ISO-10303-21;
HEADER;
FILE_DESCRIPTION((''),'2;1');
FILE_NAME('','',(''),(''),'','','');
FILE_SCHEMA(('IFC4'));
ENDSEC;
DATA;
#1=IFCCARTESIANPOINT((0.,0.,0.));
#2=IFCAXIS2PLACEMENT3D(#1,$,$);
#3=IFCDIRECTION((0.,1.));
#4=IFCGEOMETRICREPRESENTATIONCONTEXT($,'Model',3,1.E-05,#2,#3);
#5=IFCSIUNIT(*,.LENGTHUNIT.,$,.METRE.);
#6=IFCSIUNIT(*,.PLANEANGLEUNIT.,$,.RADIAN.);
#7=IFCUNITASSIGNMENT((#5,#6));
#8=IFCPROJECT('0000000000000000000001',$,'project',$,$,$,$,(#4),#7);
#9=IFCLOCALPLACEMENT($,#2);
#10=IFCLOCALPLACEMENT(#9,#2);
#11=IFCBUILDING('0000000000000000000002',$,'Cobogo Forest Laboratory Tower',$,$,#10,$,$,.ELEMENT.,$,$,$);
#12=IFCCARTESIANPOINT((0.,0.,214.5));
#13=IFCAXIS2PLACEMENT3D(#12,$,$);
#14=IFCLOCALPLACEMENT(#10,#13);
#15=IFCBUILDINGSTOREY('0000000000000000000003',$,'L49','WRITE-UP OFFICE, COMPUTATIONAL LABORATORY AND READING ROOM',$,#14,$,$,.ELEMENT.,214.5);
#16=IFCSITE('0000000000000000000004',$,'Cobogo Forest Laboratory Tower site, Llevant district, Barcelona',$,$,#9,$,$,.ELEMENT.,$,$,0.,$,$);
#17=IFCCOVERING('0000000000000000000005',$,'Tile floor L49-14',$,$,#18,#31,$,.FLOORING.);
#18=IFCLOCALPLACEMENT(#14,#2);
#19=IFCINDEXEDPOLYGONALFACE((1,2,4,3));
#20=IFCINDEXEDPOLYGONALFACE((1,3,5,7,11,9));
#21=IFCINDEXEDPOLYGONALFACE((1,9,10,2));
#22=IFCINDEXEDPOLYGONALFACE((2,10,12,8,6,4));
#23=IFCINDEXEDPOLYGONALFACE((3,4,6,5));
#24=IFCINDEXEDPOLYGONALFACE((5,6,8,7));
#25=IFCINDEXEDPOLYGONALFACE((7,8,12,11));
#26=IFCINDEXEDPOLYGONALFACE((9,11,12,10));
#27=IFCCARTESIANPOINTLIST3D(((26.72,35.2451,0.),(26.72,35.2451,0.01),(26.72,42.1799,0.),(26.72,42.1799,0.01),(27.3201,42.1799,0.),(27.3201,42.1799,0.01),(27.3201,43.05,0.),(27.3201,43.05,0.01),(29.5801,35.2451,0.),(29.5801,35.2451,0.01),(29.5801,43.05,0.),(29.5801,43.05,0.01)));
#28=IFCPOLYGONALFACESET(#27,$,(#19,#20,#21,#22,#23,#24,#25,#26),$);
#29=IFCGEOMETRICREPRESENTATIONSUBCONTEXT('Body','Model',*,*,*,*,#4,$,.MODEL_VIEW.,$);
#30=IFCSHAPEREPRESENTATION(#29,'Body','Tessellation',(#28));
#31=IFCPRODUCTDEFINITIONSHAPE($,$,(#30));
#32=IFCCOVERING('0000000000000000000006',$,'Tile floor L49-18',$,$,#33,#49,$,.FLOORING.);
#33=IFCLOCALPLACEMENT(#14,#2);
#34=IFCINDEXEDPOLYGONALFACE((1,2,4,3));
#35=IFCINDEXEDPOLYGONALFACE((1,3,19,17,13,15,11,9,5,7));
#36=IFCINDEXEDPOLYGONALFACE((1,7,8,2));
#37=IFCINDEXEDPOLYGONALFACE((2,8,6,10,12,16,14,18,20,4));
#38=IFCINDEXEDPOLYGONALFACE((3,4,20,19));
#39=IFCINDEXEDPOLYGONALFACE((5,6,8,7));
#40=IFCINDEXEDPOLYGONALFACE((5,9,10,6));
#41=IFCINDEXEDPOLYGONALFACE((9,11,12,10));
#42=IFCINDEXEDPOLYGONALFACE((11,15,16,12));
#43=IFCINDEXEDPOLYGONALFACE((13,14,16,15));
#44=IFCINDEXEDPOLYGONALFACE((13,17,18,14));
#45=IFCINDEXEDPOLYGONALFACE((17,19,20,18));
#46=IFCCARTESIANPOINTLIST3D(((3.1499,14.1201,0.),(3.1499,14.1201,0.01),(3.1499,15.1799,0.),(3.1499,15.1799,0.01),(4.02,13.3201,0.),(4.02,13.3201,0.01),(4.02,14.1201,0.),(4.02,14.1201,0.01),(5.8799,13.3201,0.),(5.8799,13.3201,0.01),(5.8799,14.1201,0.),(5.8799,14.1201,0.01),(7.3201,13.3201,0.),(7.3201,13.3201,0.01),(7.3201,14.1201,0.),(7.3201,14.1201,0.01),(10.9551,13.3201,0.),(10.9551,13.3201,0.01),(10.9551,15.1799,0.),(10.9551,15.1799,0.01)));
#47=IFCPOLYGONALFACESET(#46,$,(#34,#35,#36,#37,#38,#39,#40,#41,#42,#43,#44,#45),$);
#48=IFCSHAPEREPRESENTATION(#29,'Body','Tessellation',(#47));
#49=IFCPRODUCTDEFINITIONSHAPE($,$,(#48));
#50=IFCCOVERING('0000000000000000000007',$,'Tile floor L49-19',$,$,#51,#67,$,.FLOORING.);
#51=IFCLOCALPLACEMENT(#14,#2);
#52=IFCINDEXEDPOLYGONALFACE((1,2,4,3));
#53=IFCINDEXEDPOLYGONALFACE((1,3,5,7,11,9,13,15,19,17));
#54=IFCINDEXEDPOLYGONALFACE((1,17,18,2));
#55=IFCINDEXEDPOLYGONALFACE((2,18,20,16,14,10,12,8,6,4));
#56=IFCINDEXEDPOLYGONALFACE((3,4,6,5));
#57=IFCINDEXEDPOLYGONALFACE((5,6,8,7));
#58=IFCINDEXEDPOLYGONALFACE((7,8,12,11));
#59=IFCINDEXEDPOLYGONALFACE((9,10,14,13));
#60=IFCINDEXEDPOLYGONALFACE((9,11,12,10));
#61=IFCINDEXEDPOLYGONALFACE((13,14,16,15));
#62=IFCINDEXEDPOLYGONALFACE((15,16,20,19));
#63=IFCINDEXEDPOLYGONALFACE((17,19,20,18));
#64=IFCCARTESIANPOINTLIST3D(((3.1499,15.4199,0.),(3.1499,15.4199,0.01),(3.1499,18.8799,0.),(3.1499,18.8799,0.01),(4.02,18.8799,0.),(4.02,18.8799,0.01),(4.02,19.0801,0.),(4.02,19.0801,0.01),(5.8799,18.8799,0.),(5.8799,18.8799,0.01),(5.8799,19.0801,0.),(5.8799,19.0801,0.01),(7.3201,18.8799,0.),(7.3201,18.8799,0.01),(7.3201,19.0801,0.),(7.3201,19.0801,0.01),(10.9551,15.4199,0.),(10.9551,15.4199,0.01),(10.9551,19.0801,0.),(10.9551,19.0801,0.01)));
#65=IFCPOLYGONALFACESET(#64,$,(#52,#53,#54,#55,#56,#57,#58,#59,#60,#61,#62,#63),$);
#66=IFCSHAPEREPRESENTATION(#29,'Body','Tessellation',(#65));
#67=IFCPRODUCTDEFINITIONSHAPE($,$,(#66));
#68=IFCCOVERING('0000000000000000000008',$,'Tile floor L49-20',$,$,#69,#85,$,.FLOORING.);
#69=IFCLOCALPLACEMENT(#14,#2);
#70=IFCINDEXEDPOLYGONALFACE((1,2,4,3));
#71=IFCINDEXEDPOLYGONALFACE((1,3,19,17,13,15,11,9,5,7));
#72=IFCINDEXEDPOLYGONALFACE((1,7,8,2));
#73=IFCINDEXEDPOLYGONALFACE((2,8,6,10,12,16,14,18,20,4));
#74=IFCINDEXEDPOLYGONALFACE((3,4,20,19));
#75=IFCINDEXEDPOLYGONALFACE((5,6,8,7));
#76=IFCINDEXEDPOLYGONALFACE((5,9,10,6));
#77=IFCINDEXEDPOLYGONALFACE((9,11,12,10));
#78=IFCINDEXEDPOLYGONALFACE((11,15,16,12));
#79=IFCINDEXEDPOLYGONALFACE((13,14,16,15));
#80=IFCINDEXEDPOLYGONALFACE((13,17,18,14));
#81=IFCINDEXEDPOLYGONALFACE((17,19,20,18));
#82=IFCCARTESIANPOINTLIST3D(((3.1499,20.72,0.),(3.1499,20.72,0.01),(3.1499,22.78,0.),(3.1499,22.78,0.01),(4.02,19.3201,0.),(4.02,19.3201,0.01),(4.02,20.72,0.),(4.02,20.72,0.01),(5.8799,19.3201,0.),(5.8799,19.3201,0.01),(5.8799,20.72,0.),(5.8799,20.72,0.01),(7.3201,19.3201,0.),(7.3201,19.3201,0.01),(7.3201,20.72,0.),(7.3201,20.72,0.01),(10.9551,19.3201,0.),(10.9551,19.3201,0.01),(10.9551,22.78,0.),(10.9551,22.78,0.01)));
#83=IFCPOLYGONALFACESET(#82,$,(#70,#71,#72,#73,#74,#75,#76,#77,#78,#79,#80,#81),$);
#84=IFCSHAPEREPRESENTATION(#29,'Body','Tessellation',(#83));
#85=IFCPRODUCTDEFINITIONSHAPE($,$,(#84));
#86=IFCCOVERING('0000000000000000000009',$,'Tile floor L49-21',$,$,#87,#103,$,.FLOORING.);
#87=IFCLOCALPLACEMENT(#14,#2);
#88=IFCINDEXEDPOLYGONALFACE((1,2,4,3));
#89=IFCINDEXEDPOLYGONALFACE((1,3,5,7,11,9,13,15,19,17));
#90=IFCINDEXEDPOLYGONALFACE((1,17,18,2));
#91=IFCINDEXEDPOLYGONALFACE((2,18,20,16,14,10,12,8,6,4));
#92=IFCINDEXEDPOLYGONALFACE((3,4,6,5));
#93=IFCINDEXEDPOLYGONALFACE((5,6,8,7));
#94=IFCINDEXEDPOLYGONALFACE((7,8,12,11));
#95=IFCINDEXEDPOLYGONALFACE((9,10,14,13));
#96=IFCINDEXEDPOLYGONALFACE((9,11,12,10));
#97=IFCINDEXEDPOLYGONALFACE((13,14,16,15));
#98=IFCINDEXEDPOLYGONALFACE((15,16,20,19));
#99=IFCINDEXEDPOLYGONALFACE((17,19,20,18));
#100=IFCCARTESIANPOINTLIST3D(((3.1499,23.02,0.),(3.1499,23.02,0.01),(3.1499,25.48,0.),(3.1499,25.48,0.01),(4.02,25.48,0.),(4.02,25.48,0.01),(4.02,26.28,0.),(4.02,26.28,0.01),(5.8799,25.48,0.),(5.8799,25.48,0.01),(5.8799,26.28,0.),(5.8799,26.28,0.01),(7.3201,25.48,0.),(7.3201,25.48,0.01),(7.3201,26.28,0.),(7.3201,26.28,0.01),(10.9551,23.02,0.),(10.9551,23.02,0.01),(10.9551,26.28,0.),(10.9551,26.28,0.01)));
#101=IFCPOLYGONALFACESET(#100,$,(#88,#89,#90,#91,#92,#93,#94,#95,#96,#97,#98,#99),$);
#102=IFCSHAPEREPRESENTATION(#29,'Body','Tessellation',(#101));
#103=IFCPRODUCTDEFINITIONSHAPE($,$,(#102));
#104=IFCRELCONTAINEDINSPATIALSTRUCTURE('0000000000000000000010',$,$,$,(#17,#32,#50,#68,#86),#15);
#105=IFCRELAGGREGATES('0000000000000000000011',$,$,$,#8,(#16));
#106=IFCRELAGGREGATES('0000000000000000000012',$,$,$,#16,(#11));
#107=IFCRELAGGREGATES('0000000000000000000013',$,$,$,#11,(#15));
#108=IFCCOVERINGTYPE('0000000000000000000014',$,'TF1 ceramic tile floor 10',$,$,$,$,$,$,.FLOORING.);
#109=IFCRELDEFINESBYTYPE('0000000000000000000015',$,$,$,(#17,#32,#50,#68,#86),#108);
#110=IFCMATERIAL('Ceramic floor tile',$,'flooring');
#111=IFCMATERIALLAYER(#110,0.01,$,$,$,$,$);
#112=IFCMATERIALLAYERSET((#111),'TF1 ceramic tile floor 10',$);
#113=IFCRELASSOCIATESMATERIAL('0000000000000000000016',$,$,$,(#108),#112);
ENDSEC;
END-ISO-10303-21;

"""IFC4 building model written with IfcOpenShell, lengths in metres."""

from ifc_helpers import new_model, si_unit, direction, frame, origin, place, context, subcontext, project, spatial, polyline, outline, extrude, material, layer, layer_set, type_object, element, save


model = new_model("IFC4")

# Units and contexts
model_context = context("Model", 3, precision=1e-05, world=origin(), true_north=direction((0.0, 1.0)))
body_context = subcontext(model_context, "Body", "Model", "MODEL_VIEW")
ifc_project = project(units=[si_unit("LENGTHUNIT", "METRE"), si_unit("PLANEANGLEUNIT", "RADIAN")], contexts=[model_context])

# Site, building, storey
site_placement = place(None, origin())
site = spatial("IfcSite", under=ifc_project, at=site_placement, Name="Cobogo Forest Laboratory Tower site, Llevant district, Barcelona", CompositionType="ELEMENT", RefElevation=0.0)
building_placement = place(site_placement, origin())
building = spatial("IfcBuilding", under=site, at=building_placement, Name="Cobogo Forest Laboratory Tower", CompositionType="ELEMENT")
storey_placement = place(building_placement, frame((0.0, 0.0, 214.5)))
storey = spatial("IfcBuildingStorey", under=building, at=storey_placement, Name="L49", Description="WRITE-UP OFFICE, COMPUTATIONAL LABORATORY AND READING ROOM", CompositionType="ELEMENT", Elevation=214.5)

# Coverings
ifc_material_1 = material(Name="Ceramic floor tile", Category="flooring")
ifc_layer_1 = layer(ifc_material_1, 0.01)
ifc_layer_set_1 = layer_set([ifc_layer_1], Name="TF1 ceramic tile floor 10")
covering_type_1 = type_object("IfcCoveringType", Name="TF1 ceramic tile floor 10", PredefinedType="FLOORING", material=ifc_layer_set_1)
covering_1_placement = place(storey_placement, origin())
element("IfcCovering", 1, at=covering_1_placement, inside=storey, type_object=covering_type_1, Name="Tile floor L49-14", PredefinedType="FLOORING", context=body_context, shape_type="SweptSolid", body=[
    extrude(outline(polyline([(26.72, 35.2451), (26.72, 42.1799), (27.3201, 42.1799), (27.3201, 43.05), (29.5801, 43.05), (29.5801, 35.2451), (26.72, 35.2451)])), origin(), (0.0, 0.0, 1.0), 0.01),
])
covering_2_placement = place(storey_placement, origin())
element("IfcCovering", 2, at=covering_2_placement, inside=storey, type_object=covering_type_1, Name="Tile floor L49-18", PredefinedType="FLOORING", context=body_context, shape_type="SweptSolid", body=[
    extrude(outline(polyline([(10.9551, 13.3201), (7.3201, 13.3201), (7.3201, 14.1201), (5.8799, 14.1201), (5.8799, 13.3201), (4.02, 13.3201), (4.02, 14.1201), (3.1499, 14.1201), (3.1499, 15.1799), (10.9551, 15.1799), (10.9551, 13.3201)])), origin(), (0.0, 0.0, 1.0), 0.01),
])
covering_3_placement = place(storey_placement, origin())
element("IfcCovering", 3, at=covering_3_placement, inside=storey, type_object=covering_type_1, Name="Tile floor L49-19", PredefinedType="FLOORING", context=body_context, shape_type="SweptSolid", body=[
    extrude(outline(polyline([(10.9551, 15.4199), (3.1499, 15.4199), (3.1499, 18.8799), (4.02, 18.8799), (4.02, 19.0801), (5.8799, 19.0801), (5.8799, 18.8799), (7.3201, 18.8799), (7.3201, 19.0801), (10.9551, 19.0801), (10.9551, 15.4199)])), origin(), (0.0, 0.0, 1.0), 0.01),
])
covering_4_placement = place(storey_placement, origin())
element("IfcCovering", 4, at=covering_4_placement, inside=storey, type_object=covering_type_1, Name="Tile floor L49-20", PredefinedType="FLOORING", context=body_context, shape_type="SweptSolid", body=[
    extrude(outline(polyline([(10.9551, 19.3201), (7.3201, 19.3201), (7.3201, 20.72), (5.8799, 20.72), (5.8799, 19.3201), (4.02, 19.3201), (4.02, 20.72), (3.1499, 20.72), (3.1499, 22.78), (10.9551, 22.78), (10.9551, 19.3201)])), origin(), (0.0, 0.0, 1.0), 0.01),
])
covering_5_placement = place(storey_placement, origin())
element("IfcCovering", 5, at=covering_5_placement, inside=storey, type_object=covering_type_1, Name="Tile floor L49-21", PredefinedType="FLOORING", context=body_context, shape_type="SweptSolid", body=[
    extrude(outline(polyline([(10.9551, 23.02), (3.1499, 23.02), (3.1499, 25.48), (4.02, 25.48), (4.02, 26.28), (5.8799, 26.28), (5.8799, 25.48), (7.3201, 25.48), (7.3201, 26.28), (10.9551, 26.28), (10.9551, 23.02)])), origin(), (0.0, 0.0, 1.0), 0.01),
])

save(model, "model.ifc")
